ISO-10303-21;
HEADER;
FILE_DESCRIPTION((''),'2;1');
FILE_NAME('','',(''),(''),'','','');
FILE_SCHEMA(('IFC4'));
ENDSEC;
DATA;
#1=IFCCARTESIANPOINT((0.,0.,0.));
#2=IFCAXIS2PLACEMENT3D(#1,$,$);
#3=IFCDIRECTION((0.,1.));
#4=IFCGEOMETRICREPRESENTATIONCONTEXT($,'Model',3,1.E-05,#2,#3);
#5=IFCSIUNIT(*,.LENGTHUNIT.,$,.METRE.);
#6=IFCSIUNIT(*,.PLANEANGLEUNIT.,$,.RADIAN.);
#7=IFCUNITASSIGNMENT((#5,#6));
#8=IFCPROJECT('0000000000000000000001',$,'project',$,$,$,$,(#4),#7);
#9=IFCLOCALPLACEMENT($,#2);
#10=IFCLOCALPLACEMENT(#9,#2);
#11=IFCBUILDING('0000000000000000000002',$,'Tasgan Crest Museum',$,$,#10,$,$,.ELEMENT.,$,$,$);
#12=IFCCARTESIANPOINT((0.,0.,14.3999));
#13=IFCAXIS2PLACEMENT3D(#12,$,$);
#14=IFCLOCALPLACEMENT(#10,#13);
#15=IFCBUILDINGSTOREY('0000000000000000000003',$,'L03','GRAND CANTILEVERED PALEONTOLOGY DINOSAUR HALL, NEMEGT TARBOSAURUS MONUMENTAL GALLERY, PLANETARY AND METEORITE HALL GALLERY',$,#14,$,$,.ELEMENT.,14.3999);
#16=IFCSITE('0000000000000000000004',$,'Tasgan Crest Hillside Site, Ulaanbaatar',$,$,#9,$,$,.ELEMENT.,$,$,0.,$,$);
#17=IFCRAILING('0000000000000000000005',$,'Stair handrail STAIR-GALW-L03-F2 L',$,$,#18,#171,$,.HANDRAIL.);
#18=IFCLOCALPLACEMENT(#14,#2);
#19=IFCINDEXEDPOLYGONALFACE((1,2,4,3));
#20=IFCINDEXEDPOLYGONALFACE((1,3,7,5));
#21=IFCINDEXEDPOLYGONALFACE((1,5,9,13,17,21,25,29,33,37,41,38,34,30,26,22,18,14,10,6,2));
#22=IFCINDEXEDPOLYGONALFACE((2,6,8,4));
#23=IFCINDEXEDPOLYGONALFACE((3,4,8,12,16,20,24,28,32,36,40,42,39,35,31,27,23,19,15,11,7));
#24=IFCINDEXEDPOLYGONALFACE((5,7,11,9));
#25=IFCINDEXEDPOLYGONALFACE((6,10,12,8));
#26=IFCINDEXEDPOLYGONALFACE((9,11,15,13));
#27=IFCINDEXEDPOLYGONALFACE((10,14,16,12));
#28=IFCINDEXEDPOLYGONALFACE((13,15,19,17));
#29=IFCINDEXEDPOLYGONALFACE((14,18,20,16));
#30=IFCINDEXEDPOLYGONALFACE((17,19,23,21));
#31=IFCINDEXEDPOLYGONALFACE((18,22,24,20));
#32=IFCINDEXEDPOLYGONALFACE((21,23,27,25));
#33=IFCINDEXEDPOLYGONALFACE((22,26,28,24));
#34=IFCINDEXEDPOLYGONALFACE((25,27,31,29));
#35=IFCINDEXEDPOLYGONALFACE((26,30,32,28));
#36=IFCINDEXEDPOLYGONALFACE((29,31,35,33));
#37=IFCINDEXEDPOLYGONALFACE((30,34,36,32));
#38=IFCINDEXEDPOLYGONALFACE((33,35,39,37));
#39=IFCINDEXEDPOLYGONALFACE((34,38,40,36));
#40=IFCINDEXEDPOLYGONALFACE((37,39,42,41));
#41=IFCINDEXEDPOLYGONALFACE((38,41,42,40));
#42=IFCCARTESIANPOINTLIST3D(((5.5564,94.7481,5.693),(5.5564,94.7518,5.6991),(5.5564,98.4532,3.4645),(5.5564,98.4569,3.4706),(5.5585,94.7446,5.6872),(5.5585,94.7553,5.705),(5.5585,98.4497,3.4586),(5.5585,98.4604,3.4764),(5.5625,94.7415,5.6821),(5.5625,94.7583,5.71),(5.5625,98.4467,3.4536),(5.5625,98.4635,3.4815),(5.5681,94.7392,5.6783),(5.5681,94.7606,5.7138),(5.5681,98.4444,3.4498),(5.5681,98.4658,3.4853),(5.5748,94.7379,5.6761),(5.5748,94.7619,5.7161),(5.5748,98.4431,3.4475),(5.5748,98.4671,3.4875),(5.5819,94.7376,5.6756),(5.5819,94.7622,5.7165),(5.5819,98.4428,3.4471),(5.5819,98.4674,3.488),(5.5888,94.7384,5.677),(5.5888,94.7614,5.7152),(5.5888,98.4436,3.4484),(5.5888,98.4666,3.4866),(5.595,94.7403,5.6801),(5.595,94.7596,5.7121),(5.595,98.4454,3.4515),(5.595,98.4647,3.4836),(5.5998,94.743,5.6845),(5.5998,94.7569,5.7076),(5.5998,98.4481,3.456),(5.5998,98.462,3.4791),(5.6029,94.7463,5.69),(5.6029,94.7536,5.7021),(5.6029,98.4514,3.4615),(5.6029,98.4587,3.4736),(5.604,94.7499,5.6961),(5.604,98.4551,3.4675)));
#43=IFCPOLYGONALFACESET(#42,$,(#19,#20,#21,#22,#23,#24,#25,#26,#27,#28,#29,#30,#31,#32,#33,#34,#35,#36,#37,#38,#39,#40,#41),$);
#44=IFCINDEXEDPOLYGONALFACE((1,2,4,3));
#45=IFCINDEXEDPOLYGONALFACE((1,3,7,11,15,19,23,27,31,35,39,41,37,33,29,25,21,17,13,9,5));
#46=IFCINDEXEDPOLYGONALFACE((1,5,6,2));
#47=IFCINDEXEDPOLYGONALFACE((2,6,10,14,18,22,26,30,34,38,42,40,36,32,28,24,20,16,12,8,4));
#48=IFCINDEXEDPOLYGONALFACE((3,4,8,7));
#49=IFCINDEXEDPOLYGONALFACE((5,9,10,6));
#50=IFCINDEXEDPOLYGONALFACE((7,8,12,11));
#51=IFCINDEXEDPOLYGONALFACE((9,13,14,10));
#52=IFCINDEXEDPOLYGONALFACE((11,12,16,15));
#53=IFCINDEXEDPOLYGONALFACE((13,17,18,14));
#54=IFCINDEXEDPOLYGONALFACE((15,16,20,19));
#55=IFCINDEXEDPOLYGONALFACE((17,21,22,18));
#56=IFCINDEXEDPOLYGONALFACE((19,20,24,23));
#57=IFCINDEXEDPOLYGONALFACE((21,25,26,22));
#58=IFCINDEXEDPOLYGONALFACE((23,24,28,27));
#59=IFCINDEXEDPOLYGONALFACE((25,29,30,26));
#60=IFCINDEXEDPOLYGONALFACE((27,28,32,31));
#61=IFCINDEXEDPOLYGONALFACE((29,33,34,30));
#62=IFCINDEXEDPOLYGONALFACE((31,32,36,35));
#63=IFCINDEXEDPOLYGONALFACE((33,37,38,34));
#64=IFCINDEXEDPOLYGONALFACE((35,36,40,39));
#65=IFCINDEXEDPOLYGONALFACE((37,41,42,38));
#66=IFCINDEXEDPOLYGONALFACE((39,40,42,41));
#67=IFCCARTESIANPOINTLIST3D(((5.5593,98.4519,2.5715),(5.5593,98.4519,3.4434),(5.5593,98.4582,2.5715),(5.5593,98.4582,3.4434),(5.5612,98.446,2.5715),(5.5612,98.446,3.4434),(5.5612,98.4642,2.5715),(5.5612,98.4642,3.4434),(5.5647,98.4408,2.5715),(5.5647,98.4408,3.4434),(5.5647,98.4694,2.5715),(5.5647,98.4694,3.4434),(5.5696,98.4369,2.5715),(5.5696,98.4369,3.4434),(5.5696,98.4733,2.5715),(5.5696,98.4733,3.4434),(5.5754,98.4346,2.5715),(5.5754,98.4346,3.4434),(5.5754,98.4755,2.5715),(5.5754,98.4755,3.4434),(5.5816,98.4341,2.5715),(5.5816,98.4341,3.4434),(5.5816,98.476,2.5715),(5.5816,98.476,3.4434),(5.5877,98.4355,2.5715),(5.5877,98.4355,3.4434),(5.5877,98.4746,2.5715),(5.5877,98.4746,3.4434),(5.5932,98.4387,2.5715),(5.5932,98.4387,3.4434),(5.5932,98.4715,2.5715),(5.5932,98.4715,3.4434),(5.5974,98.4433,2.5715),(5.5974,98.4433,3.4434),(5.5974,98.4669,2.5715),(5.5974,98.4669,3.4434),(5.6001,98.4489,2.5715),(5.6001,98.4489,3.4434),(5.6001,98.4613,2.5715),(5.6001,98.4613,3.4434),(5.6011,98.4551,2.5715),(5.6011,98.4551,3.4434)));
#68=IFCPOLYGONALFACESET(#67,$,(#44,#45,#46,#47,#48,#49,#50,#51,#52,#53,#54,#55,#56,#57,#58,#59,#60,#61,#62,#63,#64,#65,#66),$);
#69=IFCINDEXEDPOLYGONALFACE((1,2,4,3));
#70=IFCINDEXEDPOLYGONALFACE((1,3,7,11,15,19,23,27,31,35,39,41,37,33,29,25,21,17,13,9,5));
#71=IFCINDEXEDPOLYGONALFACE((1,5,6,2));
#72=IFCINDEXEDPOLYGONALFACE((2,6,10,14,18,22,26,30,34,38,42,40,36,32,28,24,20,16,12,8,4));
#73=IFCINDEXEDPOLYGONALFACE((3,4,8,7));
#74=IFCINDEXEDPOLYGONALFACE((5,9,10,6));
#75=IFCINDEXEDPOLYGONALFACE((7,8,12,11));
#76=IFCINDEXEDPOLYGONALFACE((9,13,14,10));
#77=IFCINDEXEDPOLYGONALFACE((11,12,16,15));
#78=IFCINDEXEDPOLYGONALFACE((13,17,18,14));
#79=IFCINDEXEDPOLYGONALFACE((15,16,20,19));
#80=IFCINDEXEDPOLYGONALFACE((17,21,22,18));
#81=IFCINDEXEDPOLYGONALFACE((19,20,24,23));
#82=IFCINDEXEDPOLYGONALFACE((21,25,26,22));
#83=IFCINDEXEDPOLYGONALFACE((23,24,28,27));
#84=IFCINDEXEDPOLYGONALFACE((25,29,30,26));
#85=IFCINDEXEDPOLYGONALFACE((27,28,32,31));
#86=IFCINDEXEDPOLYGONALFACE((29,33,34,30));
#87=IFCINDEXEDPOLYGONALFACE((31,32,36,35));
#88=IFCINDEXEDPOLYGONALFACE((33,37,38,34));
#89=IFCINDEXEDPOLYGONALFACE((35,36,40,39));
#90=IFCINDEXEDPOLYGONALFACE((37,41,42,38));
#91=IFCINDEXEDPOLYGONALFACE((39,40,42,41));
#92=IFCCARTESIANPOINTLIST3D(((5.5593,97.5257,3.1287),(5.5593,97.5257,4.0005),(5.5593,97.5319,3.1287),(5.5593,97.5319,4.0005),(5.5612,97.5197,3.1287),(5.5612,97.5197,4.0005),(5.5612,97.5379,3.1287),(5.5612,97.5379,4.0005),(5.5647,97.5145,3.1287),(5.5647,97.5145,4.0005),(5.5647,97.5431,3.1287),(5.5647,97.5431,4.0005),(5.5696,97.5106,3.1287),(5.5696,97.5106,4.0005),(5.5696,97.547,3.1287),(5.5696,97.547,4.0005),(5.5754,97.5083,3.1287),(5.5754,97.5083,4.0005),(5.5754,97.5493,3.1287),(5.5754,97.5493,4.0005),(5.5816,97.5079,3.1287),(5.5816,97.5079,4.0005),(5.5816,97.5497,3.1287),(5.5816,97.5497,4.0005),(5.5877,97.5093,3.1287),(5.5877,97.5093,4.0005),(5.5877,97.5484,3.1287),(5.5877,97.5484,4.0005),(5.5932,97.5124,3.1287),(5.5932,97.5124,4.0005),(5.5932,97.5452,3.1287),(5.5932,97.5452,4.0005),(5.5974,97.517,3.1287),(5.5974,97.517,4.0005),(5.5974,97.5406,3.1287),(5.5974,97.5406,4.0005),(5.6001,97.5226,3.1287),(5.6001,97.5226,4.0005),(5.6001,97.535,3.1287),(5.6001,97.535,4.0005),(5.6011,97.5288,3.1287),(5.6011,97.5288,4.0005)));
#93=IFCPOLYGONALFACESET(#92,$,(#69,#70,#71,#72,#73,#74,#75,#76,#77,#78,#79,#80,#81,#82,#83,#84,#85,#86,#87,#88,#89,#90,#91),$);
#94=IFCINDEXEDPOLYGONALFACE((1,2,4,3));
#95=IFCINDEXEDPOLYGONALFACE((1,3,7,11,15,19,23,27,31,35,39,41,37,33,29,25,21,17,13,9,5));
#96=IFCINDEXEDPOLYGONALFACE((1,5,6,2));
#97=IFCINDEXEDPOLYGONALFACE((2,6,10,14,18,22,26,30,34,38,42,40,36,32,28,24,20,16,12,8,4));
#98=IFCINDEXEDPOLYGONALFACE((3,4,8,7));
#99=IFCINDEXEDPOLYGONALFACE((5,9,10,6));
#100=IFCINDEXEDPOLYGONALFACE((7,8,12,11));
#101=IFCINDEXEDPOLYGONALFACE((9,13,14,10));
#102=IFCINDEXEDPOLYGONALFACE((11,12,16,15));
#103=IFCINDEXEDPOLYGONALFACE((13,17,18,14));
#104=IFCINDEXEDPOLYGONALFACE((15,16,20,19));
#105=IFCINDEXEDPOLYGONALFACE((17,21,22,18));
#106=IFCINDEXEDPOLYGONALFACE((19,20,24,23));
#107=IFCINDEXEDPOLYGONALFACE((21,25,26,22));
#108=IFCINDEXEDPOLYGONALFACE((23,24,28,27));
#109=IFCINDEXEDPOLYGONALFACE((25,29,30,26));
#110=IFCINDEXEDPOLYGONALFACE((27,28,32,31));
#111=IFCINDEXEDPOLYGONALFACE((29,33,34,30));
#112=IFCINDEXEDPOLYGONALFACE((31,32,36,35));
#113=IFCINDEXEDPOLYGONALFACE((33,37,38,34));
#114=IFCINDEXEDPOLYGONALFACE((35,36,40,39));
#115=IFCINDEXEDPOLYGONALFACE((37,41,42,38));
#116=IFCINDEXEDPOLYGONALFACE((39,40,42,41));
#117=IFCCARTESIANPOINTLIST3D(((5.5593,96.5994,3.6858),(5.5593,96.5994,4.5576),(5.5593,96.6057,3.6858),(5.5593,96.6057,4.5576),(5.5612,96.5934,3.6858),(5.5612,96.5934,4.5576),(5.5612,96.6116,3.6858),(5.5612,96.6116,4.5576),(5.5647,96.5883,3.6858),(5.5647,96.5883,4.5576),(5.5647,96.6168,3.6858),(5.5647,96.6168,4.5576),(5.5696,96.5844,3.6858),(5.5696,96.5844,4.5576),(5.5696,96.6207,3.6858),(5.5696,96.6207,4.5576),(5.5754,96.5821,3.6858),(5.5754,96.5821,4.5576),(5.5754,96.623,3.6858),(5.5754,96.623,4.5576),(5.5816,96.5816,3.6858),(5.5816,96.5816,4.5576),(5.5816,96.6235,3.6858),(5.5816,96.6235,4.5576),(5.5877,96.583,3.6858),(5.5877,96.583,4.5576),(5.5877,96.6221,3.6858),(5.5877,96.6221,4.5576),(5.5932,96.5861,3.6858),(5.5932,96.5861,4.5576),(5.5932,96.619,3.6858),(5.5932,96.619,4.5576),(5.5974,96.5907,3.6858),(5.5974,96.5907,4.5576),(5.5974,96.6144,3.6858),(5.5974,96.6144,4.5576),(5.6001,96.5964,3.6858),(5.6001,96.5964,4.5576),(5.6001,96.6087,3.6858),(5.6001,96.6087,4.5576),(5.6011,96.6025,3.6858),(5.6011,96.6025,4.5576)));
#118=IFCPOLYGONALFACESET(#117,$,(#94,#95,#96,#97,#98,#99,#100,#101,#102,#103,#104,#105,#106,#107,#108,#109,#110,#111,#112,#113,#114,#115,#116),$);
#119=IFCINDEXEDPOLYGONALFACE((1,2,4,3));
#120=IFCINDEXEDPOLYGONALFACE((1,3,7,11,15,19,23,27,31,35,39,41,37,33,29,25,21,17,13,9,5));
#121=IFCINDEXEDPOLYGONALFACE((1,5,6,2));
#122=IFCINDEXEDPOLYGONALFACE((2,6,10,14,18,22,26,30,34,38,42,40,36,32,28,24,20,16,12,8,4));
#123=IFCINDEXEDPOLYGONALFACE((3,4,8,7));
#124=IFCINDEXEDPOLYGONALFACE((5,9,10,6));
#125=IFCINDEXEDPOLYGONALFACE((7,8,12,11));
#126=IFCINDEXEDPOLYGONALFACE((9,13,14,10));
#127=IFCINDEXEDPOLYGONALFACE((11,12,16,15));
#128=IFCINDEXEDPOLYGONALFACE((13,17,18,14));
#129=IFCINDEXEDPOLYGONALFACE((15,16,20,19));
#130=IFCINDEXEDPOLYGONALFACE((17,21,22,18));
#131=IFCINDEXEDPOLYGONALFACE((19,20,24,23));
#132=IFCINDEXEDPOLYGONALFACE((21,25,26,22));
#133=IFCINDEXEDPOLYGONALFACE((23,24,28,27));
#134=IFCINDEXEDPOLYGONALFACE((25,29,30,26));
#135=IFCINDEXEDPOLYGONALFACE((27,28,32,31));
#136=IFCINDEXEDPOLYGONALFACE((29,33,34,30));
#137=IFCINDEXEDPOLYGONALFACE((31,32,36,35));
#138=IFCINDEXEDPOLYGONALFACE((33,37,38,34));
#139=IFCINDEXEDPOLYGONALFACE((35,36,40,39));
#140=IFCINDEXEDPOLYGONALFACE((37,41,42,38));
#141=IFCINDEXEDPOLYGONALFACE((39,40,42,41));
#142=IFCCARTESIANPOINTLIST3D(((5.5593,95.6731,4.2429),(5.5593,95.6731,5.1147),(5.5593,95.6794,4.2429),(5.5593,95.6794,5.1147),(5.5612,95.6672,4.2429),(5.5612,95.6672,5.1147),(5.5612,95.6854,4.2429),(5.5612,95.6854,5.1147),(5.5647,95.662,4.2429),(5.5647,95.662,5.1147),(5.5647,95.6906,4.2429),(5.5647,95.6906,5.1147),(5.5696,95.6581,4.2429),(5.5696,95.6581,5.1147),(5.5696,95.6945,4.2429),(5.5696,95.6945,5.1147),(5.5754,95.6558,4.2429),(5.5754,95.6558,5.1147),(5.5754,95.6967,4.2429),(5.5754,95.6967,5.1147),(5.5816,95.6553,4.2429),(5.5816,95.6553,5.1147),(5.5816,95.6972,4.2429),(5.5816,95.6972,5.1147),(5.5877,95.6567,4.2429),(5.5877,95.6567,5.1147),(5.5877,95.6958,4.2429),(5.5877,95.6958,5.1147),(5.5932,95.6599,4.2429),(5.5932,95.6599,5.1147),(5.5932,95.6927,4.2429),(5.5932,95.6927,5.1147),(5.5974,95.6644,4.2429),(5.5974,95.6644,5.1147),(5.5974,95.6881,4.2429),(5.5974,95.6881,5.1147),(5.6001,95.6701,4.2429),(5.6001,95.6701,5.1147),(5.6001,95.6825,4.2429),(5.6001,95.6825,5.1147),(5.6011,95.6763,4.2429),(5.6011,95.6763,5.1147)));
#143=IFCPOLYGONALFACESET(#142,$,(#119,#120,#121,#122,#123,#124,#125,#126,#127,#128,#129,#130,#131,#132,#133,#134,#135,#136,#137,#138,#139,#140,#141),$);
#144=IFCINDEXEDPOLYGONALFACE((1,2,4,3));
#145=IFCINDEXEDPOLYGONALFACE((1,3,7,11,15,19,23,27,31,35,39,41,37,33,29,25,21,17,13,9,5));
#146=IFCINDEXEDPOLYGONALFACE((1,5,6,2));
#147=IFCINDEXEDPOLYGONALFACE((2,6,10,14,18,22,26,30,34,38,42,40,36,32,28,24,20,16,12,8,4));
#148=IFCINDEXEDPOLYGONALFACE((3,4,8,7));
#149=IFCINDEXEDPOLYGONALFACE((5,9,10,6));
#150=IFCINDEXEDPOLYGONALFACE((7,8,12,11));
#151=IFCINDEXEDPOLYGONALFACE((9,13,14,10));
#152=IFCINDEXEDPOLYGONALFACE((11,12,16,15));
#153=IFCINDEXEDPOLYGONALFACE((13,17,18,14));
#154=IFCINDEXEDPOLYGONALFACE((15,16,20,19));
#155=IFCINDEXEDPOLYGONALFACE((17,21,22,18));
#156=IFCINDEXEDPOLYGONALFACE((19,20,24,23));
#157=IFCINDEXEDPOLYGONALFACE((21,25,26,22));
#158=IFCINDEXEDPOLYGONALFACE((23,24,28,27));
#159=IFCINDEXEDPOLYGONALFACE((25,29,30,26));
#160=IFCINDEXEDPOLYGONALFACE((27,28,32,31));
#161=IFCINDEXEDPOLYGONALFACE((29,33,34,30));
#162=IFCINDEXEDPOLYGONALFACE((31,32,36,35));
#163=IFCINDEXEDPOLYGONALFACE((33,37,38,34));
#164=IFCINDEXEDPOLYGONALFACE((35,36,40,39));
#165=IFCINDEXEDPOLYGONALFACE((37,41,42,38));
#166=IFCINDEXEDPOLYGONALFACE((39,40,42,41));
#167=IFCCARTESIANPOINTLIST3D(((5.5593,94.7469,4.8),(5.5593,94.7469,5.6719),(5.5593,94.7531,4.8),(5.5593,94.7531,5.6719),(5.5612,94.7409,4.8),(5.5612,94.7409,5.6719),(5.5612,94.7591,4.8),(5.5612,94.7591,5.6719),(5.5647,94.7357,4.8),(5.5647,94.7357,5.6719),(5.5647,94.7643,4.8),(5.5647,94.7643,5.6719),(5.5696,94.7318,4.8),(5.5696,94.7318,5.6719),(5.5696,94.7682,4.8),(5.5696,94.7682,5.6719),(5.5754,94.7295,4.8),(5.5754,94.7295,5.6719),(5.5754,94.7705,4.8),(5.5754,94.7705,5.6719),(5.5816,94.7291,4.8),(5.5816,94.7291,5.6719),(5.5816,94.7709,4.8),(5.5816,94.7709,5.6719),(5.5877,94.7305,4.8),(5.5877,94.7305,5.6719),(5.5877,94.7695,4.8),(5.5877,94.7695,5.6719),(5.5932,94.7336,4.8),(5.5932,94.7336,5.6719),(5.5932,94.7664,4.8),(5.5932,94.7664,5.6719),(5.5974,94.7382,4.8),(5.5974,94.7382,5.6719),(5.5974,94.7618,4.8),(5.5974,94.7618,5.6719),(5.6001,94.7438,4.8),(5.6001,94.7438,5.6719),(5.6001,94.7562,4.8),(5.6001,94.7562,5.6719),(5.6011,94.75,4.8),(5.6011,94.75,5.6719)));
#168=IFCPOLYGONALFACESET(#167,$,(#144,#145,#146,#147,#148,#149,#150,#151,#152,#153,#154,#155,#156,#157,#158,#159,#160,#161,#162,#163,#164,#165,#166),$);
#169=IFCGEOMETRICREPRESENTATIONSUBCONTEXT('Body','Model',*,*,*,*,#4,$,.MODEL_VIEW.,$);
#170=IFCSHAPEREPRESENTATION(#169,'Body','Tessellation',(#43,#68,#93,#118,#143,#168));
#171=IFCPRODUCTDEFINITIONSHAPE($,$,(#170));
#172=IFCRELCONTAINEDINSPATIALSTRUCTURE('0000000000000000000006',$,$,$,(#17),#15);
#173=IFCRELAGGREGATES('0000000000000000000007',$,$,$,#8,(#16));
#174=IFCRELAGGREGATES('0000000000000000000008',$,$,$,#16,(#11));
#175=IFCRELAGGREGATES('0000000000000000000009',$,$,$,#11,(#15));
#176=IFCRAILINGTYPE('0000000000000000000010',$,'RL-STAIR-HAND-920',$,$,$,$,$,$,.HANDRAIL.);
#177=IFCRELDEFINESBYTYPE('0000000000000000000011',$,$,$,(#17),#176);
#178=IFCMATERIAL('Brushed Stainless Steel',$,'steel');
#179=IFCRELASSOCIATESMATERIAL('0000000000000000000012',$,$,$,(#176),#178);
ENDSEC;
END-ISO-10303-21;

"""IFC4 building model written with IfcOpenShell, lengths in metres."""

from ifc_helpers import new_model, si_unit, direction, frame, origin, origin_2d, place, context, subcontext, project, spatial, circle, extrude, material, type_object, element, save


model = new_model("IFC4")

# Units and contexts
model_context = context("Model", 3, precision=1e-05, world=origin(), true_north=direction((0.0, 1.0)))
body_context = subcontext(model_context, "Body", "Model", "MODEL_VIEW")
ifc_project = project(units=[si_unit("LENGTHUNIT", "METRE"), si_unit("PLANEANGLEUNIT", "RADIAN")], contexts=[model_context])

# Site, building, storey
site_placement = place(None, origin())
site = spatial("IfcSite", under=ifc_project, at=site_placement, Name="Tasgan Crest Hillside Site, Ulaanbaatar", CompositionType="ELEMENT", RefElevation=0.0)
building_placement = place(site_placement, origin())
building = spatial("IfcBuilding", under=site, at=building_placement, Name="Tasgan Crest Museum", CompositionType="ELEMENT")
storey_placement = place(building_placement, frame((0.0, 0.0, 14.3999)))
storey = spatial("IfcBuildingStorey", under=building, at=storey_placement, Name="L03", Description="GRAND CANTILEVERED PALEONTOLOGY DINOSAUR HALL, NEMEGT TARBOSAURUS MONUMENTAL GALLERY, PLANETARY AND METEORITE HALL GALLERY", CompositionType="ELEMENT", Elevation=14.3999)

# Railing
ifc_material_1 = material(Name="Brushed Stainless Steel", Category="steel")
railing_type_1 = type_object("IfcRailingType", Name="RL-STAIR-HAND-920", PredefinedType="HANDRAIL", material=ifc_material_1)
for number, where, name in (
    (1, (5.5801, 98.4551, 2.5715), "Stair handrail STAIR-GALW-L03-F2 L"),
):
    element("IfcRailing", number, at=place(storey_placement, frame(where)), inside=storey, type_object=railing_type_1, Name=name, PredefinedType="HANDRAIL", context=body_context, shape_type="SweptSolid", body=[
        extrude(circle(Radius=0.0239, at=origin_2d()), frame((0.0, 0.0, 0.896), z_axis=(0.0, -0.856934, 0.515425), x_axis=(1.0, 0.0, 0.0)), (0.0, 0.0, 1.0), 4.3237),
        extrude(circle(Radius=0.021, at=origin_2d()), origin(), (0.0, 0.0, 1.0), 0.8718),
        extrude(circle(Radius=0.021, at=origin_2d()), frame((0.0, -0.9263, 0.5571)), (0.0, 0.0, 1.0), 0.8718),
        extrude(circle(Radius=0.021, at=origin_2d()), frame((0.0, -1.8525, 1.1143)), (0.0, 0.0, 1.0), 0.8718),
        extrude(circle(Radius=0.021, at=origin_2d()), frame((0.0, -2.7788, 1.6714)), (0.0, 0.0, 1.0), 0.8718),
        extrude(circle(Radius=0.021, at=origin_2d()), frame((0.0, -3.7051, 2.2285)), (0.0, 0.0, 1.0), 0.8718),
    ])

save(model, "model.ifc")
